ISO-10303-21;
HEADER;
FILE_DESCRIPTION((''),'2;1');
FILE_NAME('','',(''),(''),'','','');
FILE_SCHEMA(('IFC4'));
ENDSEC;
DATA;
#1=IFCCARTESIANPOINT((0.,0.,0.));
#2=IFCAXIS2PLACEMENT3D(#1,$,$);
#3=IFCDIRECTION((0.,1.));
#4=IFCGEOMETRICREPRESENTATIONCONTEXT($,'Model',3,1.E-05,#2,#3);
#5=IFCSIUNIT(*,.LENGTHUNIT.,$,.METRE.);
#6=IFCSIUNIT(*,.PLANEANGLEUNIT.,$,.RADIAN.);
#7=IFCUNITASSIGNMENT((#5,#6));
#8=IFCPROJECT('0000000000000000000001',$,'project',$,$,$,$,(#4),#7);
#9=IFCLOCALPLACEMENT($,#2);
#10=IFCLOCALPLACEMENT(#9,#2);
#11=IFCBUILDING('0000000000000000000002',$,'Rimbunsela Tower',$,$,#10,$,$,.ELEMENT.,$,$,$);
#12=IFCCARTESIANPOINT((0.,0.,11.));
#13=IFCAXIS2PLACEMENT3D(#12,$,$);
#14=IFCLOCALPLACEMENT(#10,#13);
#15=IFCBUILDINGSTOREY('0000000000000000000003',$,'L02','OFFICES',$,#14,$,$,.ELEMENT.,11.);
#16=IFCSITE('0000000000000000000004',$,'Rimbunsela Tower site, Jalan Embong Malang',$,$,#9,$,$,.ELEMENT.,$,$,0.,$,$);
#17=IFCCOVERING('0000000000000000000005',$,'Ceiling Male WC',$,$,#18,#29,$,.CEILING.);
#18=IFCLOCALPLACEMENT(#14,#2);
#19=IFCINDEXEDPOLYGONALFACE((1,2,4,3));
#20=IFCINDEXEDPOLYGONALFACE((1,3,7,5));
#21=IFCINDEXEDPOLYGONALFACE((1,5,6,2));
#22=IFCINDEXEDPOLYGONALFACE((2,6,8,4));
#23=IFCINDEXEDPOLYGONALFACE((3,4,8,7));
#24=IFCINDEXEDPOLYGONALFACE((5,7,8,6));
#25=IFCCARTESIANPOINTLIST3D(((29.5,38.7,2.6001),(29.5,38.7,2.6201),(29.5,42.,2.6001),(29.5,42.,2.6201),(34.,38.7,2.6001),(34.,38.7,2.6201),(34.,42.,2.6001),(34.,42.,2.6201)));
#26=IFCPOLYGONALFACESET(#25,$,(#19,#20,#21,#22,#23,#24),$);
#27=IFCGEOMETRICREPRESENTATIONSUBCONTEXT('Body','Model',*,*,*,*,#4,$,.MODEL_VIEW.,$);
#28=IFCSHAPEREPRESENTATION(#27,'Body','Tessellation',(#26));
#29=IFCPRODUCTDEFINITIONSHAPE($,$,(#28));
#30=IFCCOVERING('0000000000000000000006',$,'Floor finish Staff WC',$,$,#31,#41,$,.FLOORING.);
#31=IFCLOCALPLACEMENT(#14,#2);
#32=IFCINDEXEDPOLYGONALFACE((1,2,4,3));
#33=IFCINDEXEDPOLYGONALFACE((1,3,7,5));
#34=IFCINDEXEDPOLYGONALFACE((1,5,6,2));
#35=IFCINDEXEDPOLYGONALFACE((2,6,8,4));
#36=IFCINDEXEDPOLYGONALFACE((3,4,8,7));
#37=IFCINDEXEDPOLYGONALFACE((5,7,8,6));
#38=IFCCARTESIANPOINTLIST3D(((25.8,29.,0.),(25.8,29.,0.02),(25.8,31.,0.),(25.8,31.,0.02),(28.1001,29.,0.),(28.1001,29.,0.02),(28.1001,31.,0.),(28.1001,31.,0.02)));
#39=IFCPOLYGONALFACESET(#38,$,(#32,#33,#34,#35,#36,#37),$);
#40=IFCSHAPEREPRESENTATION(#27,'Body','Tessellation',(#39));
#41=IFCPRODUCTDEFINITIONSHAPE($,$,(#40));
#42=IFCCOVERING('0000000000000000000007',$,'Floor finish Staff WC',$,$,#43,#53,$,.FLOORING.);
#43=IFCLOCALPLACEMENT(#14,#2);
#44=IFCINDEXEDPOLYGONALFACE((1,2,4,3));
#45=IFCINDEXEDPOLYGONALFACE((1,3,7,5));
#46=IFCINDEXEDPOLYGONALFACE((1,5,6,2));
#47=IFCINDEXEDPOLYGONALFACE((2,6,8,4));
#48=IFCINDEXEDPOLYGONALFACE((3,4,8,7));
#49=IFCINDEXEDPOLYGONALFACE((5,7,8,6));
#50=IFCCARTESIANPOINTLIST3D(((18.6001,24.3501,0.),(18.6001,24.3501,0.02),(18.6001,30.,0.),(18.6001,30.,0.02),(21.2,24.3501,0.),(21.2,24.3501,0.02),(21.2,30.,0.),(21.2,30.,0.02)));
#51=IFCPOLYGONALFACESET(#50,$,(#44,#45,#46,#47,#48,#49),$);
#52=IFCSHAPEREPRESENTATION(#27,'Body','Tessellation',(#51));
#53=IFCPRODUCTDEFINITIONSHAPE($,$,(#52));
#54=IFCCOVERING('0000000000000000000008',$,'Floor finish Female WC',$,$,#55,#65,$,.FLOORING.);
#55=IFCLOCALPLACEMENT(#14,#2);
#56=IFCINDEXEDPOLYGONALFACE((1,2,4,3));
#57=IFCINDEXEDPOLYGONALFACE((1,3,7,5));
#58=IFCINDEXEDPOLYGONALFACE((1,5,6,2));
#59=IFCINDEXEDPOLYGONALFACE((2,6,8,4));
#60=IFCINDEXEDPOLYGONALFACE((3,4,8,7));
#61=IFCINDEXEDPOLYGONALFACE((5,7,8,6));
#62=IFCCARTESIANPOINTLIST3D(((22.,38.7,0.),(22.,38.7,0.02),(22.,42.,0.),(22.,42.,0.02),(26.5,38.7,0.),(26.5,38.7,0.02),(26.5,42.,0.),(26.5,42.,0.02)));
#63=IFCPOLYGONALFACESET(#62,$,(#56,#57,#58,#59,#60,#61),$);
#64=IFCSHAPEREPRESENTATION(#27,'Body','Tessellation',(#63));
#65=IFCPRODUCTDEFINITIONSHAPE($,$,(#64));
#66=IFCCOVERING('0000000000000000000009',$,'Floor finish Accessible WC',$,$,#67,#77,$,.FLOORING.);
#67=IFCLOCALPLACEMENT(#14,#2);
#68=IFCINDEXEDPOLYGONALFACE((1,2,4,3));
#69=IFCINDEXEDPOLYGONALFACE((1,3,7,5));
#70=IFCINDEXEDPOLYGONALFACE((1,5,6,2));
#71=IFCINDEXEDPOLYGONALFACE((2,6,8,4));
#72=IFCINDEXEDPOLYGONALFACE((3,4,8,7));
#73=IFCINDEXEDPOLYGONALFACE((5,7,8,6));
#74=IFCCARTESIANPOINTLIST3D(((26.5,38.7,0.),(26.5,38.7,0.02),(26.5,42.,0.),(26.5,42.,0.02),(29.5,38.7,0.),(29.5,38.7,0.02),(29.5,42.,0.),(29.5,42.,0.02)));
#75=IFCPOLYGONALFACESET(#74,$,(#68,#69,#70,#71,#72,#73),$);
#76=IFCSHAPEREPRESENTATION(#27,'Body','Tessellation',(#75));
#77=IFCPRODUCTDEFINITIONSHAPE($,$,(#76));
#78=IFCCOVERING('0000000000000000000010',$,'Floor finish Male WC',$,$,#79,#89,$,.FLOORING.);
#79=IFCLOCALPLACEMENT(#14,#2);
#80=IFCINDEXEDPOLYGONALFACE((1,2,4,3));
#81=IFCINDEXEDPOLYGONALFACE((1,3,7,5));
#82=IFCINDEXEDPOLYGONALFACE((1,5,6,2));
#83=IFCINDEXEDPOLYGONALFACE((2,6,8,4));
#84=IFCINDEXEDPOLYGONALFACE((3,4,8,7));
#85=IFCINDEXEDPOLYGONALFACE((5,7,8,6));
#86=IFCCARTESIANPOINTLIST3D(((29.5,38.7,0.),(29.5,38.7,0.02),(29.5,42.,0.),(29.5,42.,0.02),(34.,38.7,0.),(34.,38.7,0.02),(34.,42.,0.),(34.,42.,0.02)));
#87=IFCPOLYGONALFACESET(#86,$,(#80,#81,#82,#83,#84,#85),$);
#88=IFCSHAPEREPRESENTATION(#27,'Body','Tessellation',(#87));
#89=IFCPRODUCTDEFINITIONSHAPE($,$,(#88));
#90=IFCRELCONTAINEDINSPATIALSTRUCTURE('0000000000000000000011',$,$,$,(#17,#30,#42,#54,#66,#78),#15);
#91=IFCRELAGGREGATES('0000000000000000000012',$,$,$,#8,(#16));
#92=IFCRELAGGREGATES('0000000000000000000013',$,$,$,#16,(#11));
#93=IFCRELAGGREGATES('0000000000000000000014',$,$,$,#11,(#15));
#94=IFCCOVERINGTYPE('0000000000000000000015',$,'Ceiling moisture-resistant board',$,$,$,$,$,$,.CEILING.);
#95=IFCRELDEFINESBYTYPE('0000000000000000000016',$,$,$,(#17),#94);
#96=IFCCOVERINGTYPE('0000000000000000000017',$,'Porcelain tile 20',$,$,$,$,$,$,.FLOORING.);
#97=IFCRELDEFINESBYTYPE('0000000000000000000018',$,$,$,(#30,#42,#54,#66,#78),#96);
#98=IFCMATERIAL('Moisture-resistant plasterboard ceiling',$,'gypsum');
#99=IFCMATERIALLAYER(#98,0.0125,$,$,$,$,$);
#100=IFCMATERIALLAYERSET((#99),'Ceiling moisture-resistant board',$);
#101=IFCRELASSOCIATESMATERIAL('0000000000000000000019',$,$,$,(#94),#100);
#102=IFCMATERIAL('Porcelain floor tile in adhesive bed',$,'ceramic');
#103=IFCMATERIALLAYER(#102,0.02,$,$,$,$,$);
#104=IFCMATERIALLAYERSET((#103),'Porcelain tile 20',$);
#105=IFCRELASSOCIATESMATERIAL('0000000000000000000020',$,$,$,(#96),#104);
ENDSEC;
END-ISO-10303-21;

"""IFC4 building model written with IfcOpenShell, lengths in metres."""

from ifc_helpers import new_model, si_unit, direction, frame, origin, place, context, subcontext, project, spatial, polyline, outline, extrude, material, layer, layer_set, type_object, element, save


model = new_model("IFC4")

# Units and contexts
model_context = context("Model", 3, precision=1e-05, world=origin(), true_north=direction((0.0, 1.0)))
body_context = subcontext(model_context, "Body", "Model", "MODEL_VIEW")
ifc_project = project(units=[si_unit("LENGTHUNIT", "METRE"), si_unit("PLANEANGLEUNIT", "RADIAN")], contexts=[model_context])

# Site, building, storey
site_placement = place(None, origin())
site = spatial("IfcSite", under=ifc_project, at=site_placement, Name="Rimbunsela Tower site, Jalan Embong Malang", CompositionType="ELEMENT", RefElevation=0.0)
building_placement = place(site_placement, origin())
building = spatial("IfcBuilding", under=site, at=building_placement, Name="Rimbunsela Tower", CompositionType="ELEMENT")
storey_placement = place(building_placement, frame((0.0, 0.0, 11.0)))
storey = spatial("IfcBuildingStorey", under=building, at=storey_placement, Name="L02", Description="OFFICES", CompositionType="ELEMENT", Elevation=11.0)

# Coverings
ifc_material_1 = material(Name="Moisture-resistant plasterboard ceiling", Category="gypsum")
ifc_layer_1 = layer(ifc_material_1, 0.0125)
ifc_layer_set_1 = layer_set([ifc_layer_1], Name="Ceiling moisture-resistant board")
covering_type_1 = type_object("IfcCoveringType", Name="Ceiling moisture-resistant board", PredefinedType="CEILING", material=ifc_layer_set_1)
covering_1_placement = place(storey_placement, frame((0.0, 0.0, 2.6001)))
element("IfcCovering", 1, at=covering_1_placement, inside=storey, type_object=covering_type_1, Name="Ceiling Male WC", PredefinedType="CEILING", context=body_context, shape_type="SweptSolid", body=[
    extrude(outline(polyline([(34.0, 38.7), (34.0, 42.0), (29.5, 42.0), (29.5, 38.7), (34.0, 38.7)])), origin(), (0.0, 0.0, 1.0), 0.02),
])
ifc_material_2 = material(Name="Porcelain floor tile in adhesive bed", Category="ceramic")
ifc_layer_2 = layer(ifc_material_2, 0.02)
ifc_layer_set_2 = layer_set([ifc_layer_2], Name="Porcelain tile 20")
covering_type_2 = type_object("IfcCoveringType", Name="Porcelain tile 20", PredefinedType="FLOORING", material=ifc_layer_set_2)
covering_2_placement = place(storey_placement, origin())
element("IfcCovering", 2, at=covering_2_placement, inside=storey, type_object=covering_type_2, Name="Floor finish Staff WC", PredefinedType="FLOORING", context=body_context, shape_type="SweptSolid", body=[
    extrude(outline(polyline([(28.1001, 29.0), (28.1001, 31.0), (25.8, 31.0), (25.8, 29.0), (28.1001, 29.0)])), origin(), (0.0, 0.0, 1.0), 0.02),
])
covering_3_placement = place(storey_placement, origin())
element("IfcCovering", 3, at=covering_3_placement, inside=storey, type_object=covering_type_2, Name="Floor finish Staff WC", PredefinedType="FLOORING", context=body_context, shape_type="SweptSolid", body=[
    extrude(outline(polyline([(21.2, 24.3501), (21.2, 30.0), (18.6001, 30.0), (18.6001, 24.3501), (21.2, 24.3501)])), origin(), (0.0, 0.0, 1.0), 0.02),
])
covering_4_placement = place(storey_placement, origin())
element("IfcCovering", 4, at=covering_4_placement, inside=storey, type_object=covering_type_2, Name="Floor finish Female WC", PredefinedType="FLOORING", context=body_context, shape_type="SweptSolid", body=[
    extrude(outline(polyline([(26.5, 38.7), (26.5, 42.0), (22.0, 42.0), (22.0, 38.7), (26.5, 38.7)])), origin(), (0.0, 0.0, 1.0), 0.02),
])
covering_5_placement = place(storey_placement, origin())
element("IfcCovering", 5, at=covering_5_placement, inside=storey, type_object=covering_type_2, Name="Floor finish Accessible WC", PredefinedType="FLOORING", context=body_context, shape_type="SweptSolid", body=[
    extrude(outline(polyline([(29.5, 38.7), (29.5, 42.0), (26.5, 42.0), (26.5, 38.7), (29.5, 38.7)])), origin(), (0.0, 0.0, 1.0), 0.02),
])
covering_6_placement = place(storey_placement, origin())
element("IfcCovering", 6, at=covering_6_placement, inside=storey, type_object=covering_type_2, Name="Floor finish Male WC", PredefinedType="FLOORING", context=body_context, shape_type="SweptSolid", body=[
    extrude(outline(polyline([(34.0, 38.7), (34.0, 42.0), (29.5, 42.0), (29.5, 38.7), (34.0, 38.7)])), origin(), (0.0, 0.0, 1.0), 0.02),
])

save(model, "model.ifc")
